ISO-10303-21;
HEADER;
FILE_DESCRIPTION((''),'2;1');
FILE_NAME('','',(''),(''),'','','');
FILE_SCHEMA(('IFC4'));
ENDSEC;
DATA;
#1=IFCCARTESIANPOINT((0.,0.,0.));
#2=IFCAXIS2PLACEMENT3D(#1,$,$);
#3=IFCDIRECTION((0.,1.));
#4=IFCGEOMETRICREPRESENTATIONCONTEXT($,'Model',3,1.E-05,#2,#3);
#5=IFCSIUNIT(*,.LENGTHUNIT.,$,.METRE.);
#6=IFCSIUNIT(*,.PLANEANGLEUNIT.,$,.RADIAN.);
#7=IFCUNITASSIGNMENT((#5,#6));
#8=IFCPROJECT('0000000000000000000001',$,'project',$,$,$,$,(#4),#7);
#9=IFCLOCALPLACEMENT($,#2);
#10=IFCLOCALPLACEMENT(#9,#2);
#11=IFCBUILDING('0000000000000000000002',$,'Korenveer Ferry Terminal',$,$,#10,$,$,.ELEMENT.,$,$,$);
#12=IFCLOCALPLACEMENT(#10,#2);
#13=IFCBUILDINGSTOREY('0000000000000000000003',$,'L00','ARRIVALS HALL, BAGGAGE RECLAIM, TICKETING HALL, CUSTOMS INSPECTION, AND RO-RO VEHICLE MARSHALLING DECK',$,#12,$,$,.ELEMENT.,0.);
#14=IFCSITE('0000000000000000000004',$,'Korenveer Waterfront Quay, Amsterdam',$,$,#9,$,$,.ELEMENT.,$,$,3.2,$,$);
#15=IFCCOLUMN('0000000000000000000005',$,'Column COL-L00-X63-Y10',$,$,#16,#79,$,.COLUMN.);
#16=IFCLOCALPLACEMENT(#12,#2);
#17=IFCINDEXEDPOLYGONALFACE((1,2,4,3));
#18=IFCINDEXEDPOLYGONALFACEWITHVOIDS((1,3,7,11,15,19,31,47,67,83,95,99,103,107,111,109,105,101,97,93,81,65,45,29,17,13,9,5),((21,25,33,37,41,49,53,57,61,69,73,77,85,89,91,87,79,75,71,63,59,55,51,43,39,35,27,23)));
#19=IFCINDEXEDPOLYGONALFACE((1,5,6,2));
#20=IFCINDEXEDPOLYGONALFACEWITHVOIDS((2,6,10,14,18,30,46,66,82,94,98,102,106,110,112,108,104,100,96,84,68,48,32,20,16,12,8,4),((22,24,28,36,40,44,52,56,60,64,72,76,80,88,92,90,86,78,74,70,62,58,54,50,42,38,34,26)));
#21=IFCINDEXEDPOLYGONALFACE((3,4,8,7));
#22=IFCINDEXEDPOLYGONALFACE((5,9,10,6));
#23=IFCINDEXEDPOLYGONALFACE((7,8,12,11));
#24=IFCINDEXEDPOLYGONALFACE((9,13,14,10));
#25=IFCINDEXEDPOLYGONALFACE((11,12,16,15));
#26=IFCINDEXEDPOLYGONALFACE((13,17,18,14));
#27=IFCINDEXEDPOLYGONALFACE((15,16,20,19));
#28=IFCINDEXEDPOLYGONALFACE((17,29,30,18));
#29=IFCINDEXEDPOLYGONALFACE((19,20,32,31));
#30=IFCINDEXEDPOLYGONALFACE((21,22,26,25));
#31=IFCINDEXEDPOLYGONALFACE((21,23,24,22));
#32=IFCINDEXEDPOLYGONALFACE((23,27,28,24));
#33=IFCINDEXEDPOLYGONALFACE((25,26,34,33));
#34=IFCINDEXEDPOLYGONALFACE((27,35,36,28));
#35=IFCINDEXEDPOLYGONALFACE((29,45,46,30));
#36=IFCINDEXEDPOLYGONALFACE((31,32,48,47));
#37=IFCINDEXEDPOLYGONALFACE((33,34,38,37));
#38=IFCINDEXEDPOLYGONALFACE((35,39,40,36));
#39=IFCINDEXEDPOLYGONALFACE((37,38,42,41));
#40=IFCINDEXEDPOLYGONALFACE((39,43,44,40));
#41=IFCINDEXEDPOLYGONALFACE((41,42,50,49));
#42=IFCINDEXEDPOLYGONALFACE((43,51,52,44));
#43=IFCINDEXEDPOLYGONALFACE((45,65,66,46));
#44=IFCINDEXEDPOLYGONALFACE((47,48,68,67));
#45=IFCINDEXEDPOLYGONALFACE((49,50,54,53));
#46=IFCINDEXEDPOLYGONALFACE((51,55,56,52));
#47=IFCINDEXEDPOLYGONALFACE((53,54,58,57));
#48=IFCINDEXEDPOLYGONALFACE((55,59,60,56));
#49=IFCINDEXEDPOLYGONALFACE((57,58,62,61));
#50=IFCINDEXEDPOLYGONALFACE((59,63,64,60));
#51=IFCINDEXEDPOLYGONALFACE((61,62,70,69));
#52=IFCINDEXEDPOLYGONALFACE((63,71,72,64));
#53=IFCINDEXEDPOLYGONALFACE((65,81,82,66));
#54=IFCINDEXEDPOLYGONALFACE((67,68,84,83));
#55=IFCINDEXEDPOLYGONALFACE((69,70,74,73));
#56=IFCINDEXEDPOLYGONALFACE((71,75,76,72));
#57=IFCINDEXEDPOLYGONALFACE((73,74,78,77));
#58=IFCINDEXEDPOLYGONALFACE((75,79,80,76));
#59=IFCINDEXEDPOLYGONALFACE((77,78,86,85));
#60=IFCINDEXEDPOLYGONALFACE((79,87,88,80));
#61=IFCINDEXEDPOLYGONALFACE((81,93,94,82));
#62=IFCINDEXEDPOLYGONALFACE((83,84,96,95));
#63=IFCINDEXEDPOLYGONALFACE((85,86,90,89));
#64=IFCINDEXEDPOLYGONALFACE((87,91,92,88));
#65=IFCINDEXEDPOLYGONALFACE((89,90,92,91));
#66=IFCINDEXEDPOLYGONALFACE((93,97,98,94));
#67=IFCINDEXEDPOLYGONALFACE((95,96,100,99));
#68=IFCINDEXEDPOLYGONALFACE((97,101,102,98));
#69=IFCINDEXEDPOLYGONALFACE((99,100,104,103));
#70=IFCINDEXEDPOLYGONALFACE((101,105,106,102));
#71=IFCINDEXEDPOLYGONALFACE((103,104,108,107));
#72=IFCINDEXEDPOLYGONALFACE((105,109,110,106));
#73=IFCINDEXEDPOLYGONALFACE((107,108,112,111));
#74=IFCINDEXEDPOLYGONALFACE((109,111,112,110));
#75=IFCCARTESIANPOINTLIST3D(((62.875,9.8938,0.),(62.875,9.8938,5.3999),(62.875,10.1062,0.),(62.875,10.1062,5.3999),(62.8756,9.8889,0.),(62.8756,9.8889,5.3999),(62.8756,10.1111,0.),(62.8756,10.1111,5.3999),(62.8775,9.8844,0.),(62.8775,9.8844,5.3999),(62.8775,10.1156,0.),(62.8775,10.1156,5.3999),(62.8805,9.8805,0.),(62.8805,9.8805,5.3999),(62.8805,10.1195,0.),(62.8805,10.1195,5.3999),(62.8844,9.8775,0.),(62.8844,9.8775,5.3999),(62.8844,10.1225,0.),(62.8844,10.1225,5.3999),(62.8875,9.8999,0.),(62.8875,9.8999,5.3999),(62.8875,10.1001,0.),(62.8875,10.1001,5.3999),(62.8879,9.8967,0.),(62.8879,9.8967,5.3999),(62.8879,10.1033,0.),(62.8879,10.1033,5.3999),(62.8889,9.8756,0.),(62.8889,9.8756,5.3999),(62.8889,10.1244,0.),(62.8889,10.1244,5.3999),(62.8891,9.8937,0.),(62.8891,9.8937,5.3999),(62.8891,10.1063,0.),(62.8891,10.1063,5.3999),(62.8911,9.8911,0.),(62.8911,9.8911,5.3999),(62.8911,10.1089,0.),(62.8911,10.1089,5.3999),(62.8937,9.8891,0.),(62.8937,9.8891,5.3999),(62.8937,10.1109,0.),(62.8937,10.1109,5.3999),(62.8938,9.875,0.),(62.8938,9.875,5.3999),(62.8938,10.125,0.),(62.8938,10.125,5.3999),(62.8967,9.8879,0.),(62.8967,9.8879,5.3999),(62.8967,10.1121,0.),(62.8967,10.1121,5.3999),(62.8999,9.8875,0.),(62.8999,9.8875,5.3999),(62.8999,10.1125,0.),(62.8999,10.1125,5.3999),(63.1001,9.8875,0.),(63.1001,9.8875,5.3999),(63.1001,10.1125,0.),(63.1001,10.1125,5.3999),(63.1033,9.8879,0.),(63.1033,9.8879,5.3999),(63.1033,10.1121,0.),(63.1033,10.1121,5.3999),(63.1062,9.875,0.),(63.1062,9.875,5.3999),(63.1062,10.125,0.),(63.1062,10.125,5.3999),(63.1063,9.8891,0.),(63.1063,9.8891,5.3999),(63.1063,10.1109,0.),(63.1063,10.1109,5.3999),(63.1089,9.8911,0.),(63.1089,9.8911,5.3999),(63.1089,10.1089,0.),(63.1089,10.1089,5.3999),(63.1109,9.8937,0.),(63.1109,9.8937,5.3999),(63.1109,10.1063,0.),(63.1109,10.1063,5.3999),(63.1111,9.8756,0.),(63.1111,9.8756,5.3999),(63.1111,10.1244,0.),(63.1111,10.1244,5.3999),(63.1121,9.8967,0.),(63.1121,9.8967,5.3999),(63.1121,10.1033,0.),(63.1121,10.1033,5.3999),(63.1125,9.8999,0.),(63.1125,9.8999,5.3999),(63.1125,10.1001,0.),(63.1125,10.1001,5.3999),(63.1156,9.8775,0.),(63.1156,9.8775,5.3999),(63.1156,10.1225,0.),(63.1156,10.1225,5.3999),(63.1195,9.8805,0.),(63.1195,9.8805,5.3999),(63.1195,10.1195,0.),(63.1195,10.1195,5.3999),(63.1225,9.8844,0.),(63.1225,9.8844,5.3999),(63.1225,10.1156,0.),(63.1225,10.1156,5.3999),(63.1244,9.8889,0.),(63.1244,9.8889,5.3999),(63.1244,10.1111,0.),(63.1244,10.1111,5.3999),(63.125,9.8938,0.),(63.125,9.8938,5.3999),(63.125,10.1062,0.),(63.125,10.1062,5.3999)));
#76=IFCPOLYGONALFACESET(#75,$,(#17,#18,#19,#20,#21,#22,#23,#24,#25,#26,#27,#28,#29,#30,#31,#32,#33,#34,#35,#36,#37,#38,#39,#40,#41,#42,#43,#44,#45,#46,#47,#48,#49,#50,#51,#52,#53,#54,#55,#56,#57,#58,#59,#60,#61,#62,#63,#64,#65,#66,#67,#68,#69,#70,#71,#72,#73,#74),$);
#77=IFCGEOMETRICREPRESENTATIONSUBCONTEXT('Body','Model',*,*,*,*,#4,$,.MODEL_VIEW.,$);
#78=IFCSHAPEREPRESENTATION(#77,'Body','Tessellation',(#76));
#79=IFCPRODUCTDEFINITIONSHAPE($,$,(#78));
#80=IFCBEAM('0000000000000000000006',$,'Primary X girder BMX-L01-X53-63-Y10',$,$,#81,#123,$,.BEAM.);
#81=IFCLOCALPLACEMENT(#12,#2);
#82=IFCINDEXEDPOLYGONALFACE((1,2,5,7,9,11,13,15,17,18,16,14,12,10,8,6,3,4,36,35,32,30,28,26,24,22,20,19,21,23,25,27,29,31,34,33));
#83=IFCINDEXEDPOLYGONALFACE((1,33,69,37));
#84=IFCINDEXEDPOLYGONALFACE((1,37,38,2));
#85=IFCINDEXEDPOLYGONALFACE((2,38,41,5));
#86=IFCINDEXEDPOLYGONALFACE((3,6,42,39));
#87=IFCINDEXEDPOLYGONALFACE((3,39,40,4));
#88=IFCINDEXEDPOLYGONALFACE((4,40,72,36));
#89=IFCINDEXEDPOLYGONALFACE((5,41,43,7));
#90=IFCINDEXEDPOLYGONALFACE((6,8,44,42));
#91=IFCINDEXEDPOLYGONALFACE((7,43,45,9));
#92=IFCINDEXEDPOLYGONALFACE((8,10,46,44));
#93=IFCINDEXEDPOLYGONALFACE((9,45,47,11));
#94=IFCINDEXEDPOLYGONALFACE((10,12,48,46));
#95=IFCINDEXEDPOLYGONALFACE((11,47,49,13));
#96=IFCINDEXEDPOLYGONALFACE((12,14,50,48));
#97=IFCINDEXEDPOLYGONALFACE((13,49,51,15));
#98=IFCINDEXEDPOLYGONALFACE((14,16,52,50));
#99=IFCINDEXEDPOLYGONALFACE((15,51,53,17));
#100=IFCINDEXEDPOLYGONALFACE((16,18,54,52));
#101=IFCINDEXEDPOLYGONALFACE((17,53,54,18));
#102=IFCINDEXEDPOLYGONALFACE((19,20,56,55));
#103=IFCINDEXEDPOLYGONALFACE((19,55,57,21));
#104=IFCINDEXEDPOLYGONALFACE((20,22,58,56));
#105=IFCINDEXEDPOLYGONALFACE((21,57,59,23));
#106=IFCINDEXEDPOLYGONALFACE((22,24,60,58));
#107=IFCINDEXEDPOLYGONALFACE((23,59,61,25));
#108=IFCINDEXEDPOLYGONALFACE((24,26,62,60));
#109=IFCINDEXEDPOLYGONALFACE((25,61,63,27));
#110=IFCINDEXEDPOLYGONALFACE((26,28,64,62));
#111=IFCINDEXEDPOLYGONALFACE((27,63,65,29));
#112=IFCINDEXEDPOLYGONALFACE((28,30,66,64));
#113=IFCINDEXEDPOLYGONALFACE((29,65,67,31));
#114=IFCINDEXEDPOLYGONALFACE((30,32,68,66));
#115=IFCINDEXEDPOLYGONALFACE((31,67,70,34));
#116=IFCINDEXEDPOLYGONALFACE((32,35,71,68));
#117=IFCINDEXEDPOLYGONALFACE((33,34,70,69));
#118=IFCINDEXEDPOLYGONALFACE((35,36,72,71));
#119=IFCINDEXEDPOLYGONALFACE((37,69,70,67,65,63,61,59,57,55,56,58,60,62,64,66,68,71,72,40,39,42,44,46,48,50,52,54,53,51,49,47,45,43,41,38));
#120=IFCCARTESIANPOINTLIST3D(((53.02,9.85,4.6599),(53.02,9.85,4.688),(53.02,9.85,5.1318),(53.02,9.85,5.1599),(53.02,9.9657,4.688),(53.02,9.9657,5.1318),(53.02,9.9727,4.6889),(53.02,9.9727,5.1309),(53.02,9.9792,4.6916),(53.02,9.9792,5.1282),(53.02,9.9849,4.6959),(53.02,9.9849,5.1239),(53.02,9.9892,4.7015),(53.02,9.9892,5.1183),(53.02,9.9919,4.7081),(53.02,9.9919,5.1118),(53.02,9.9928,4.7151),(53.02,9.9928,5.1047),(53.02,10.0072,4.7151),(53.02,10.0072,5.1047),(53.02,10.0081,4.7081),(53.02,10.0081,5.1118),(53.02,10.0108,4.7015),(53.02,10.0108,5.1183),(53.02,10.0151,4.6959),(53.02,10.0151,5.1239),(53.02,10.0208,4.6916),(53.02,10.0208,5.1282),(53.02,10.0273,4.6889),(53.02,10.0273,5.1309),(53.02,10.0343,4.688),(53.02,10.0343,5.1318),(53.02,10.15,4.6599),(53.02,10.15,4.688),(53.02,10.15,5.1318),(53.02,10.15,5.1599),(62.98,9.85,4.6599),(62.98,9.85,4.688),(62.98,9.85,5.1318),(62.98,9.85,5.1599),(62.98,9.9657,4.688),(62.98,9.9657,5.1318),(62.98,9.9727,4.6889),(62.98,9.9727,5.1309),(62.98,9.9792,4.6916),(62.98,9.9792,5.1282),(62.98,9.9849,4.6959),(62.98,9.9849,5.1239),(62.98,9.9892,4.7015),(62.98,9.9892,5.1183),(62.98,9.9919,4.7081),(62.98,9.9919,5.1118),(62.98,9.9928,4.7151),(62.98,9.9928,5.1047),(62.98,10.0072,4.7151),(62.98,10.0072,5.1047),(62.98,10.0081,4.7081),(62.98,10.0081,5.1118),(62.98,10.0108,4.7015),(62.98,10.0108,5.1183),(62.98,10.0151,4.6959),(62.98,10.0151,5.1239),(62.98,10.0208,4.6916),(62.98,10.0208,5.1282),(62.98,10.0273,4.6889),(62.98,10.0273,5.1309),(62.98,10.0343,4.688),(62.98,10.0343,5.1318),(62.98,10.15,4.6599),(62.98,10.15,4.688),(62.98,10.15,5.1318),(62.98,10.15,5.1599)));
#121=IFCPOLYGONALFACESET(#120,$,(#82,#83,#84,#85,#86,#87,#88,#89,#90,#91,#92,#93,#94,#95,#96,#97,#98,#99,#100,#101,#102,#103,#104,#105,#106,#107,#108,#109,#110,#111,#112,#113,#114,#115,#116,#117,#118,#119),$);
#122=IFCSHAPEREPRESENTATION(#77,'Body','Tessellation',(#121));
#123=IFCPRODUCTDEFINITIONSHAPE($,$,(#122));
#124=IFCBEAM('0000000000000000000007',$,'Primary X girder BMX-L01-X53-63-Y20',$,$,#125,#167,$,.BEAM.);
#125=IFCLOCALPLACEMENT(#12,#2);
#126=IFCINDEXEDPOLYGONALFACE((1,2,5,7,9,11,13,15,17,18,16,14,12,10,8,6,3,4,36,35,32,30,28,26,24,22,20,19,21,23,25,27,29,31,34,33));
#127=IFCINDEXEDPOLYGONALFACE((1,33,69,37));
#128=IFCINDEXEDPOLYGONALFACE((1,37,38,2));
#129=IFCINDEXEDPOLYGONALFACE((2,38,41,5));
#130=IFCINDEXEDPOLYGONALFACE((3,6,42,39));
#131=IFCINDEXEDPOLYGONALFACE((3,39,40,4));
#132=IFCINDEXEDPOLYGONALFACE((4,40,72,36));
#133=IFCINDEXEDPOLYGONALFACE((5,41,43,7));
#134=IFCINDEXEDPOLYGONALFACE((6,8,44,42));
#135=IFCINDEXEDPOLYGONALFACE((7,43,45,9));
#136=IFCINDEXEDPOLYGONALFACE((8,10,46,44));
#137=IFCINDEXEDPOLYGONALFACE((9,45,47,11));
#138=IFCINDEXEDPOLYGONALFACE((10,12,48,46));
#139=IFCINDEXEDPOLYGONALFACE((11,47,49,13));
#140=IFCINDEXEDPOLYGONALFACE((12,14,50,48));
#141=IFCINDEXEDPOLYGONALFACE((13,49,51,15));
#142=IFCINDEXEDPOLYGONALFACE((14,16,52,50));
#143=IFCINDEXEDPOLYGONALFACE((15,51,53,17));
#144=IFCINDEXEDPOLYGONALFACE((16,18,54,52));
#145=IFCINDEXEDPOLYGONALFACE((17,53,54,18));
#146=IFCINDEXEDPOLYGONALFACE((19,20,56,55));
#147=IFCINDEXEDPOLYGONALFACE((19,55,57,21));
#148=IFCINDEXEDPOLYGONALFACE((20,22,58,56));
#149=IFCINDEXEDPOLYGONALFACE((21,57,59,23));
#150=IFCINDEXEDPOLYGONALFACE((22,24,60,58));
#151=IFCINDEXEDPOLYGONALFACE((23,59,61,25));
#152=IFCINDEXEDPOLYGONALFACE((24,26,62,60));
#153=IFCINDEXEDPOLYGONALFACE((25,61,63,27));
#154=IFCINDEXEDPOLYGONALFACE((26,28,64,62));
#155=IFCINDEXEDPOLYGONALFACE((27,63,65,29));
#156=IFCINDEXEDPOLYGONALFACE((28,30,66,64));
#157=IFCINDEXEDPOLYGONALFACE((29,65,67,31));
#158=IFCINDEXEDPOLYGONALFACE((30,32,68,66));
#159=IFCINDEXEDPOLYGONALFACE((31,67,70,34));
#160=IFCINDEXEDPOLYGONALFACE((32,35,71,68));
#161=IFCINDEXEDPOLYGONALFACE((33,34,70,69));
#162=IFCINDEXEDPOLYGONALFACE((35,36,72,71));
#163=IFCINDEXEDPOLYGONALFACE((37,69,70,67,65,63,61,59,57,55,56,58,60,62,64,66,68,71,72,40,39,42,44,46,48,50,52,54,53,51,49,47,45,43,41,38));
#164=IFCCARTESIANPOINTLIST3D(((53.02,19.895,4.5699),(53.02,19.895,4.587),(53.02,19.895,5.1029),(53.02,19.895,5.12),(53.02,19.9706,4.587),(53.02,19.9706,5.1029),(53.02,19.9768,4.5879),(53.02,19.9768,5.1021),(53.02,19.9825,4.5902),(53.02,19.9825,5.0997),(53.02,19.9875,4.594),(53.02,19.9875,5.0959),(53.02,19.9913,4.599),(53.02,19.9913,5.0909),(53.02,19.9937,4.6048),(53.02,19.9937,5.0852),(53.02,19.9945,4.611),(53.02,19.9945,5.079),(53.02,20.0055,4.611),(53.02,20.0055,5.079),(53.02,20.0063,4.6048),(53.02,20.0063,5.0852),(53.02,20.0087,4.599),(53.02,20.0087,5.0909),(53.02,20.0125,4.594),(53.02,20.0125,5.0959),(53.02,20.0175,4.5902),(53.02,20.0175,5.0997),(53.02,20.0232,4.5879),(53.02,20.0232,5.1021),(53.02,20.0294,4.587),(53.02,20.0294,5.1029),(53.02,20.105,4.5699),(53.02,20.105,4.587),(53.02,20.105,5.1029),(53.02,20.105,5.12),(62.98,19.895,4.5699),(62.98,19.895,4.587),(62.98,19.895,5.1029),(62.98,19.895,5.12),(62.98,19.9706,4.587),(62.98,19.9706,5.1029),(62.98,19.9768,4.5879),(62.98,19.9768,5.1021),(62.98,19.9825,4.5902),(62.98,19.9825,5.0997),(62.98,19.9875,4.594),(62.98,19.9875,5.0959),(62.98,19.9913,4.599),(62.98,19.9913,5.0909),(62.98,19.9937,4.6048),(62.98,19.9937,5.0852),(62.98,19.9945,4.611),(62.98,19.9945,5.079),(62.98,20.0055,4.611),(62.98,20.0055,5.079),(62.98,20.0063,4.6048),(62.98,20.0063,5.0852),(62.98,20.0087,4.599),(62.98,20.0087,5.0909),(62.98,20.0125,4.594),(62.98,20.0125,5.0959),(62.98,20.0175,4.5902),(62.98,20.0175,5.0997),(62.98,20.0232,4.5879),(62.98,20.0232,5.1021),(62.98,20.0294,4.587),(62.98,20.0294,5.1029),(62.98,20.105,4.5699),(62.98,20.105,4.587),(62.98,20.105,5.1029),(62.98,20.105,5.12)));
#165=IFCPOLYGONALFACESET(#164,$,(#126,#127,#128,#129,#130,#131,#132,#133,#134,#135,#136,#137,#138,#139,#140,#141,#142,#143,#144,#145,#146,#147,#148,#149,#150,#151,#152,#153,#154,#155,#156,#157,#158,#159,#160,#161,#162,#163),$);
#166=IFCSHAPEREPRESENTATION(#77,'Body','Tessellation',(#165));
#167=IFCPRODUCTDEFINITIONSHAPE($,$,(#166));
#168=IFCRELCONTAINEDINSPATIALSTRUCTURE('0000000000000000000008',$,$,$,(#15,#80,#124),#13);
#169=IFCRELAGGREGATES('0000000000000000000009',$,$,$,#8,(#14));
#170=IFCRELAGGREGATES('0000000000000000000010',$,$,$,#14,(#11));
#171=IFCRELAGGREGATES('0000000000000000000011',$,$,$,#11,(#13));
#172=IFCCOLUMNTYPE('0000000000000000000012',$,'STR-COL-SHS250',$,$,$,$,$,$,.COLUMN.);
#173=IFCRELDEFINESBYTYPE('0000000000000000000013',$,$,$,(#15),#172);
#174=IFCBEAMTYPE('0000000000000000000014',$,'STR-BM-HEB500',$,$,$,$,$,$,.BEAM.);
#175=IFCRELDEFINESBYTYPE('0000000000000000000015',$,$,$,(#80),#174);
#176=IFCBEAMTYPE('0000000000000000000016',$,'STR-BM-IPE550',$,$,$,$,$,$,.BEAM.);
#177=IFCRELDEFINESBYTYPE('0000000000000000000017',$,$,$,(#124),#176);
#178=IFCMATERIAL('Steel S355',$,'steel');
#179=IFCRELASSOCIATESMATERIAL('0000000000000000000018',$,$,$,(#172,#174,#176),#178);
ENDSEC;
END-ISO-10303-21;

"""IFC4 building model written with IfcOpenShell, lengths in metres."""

from ifc_helpers import new_model, si_unit, direction, frame, origin, origin_2d, place, context, subcontext, project, spatial, hollow_rectangle, i_section, extrude, material, material_profile, profile_set, type_object, element, save


model = new_model("IFC4")

# Units and contexts
model_context = context("Model", 3, precision=1e-05, world=origin(), true_north=direction((0.0, 1.0)))
body_context = subcontext(model_context, "Body", "Model", "MODEL_VIEW")
ifc_project = project(units=[si_unit("LENGTHUNIT", "METRE"), si_unit("PLANEANGLEUNIT", "RADIAN")], contexts=[model_context])

# Site, building, storey
site_placement = place(None, origin())
site = spatial("IfcSite", under=ifc_project, at=site_placement, Name="Korenveer Waterfront Quay, Amsterdam", CompositionType="ELEMENT", RefElevation=3.2)
building_placement = place(site_placement, origin())
building = spatial("IfcBuilding", under=site, at=building_placement, Name="Korenveer Ferry Terminal", CompositionType="ELEMENT")
storey_placement = place(building_placement, origin())
storey = spatial("IfcBuildingStorey", under=building, at=storey_placement, Name="L00", Description="ARRIVALS HALL, BAGGAGE RECLAIM, TICKETING HALL, CUSTOMS INSPECTION, AND RO-RO VEHICLE MARSHALLING DECK", CompositionType="ELEMENT", Elevation=0.0)

# Column
ifc_material_1 = material(Name="Steel S355", Category="steel")
ifc_material_profile_1 = material_profile(ifc_material_1, hollow_rectangle(XDim=0.25, YDim=0.25, WallThickness=0.0125, InnerFilletRadius=0.0125, OuterFilletRadius=0.0188, at=origin_2d()), Name="SHS 250x250x12.5")
ifc_profile_set_1 = profile_set([ifc_material_profile_1], Name="Steel S355")
column_type_1 = type_object("IfcColumnType", Name="STR-COL-SHS250", PredefinedType="COLUMN", material=ifc_profile_set_1)
column_1_placement = place(storey_placement, frame((63.0, 10.0, 0.0), z_axis=(0.0, 0.0, 1.0), x_axis=(1.0, 0.0, 0.0)))
element("IfcColumn", 1, at=column_1_placement, inside=storey, type_object=column_type_1, Name="Column COL-L00-X63-Y10", PredefinedType="COLUMN", context=body_context, shape_type="SweptSolid", body=[
    extrude(hollow_rectangle(XDim=0.25, YDim=0.25, WallThickness=0.0125, InnerFilletRadius=0.0125, OuterFilletRadius=0.0188, at=origin_2d()), origin(), (0.0, 0.0, 1.0), 5.3999),
])

# Beams
ifc_material_profile_2 = material_profile(ifc_material_1, i_section(OverallWidth=0.3, OverallDepth=0.5, WebThickness=0.0144, FlangeThickness=0.0281, FilletRadius=0.0271, at=origin_2d()), Name="HEB 500")
ifc_profile_set_2 = profile_set([ifc_material_profile_2], Name="Steel S355")
beam_type_1 = type_object("IfcBeamType", Name="STR-BM-HEB500", PredefinedType="BEAM", material=ifc_profile_set_2)
beam_1_placement = place(storey_placement, frame((53.02, 10.0, 4.9099), z_axis=(1.0, 0.0, 0.0), x_axis=(0.0, 1.0, 0.0)))
element("IfcBeam", 2, at=beam_1_placement, inside=storey, type_object=beam_type_1, Name="Primary X girder BMX-L01-X53-63-Y10", PredefinedType="BEAM", context=body_context, shape_type="SweptSolid", body=[
    extrude(i_section(OverallWidth=0.3, OverallDepth=0.5, WebThickness=0.0144, FlangeThickness=0.0281, FilletRadius=0.0271, at=origin_2d()), origin(), (0.0, 0.0, 1.0), 9.96),
])
ifc_material_profile_3 = material_profile(ifc_material_1, i_section(OverallWidth=0.21, OverallDepth=0.55, WebThickness=0.011, FlangeThickness=0.0171, FilletRadius=0.0239, at=origin_2d()), Name="IPE 550")
ifc_profile_set_3 = profile_set([ifc_material_profile_3], Name="Steel S355")
beam_type_2 = type_object("IfcBeamType", Name="STR-BM-IPE550", PredefinedType="BEAM", material=ifc_profile_set_3)
beam_2_placement = place(storey_placement, frame((53.02, 20.0, 4.845), z_axis=(1.0, 0.0, 0.0), x_axis=(0.0, 1.0, 0.0)))
element("IfcBeam", 3, at=beam_2_placement, inside=storey, type_object=beam_type_2, Name="Primary X girder BMX-L01-X53-63-Y20", PredefinedType="BEAM", context=body_context, shape_type="SweptSolid", body=[
    extrude(i_section(OverallWidth=0.21, OverallDepth=0.55, WebThickness=0.011, FlangeThickness=0.0171, FilletRadius=0.0239, at=origin_2d()), origin(), (0.0, 0.0, 1.0), 9.96),
])

save(model, "model.ifc")
